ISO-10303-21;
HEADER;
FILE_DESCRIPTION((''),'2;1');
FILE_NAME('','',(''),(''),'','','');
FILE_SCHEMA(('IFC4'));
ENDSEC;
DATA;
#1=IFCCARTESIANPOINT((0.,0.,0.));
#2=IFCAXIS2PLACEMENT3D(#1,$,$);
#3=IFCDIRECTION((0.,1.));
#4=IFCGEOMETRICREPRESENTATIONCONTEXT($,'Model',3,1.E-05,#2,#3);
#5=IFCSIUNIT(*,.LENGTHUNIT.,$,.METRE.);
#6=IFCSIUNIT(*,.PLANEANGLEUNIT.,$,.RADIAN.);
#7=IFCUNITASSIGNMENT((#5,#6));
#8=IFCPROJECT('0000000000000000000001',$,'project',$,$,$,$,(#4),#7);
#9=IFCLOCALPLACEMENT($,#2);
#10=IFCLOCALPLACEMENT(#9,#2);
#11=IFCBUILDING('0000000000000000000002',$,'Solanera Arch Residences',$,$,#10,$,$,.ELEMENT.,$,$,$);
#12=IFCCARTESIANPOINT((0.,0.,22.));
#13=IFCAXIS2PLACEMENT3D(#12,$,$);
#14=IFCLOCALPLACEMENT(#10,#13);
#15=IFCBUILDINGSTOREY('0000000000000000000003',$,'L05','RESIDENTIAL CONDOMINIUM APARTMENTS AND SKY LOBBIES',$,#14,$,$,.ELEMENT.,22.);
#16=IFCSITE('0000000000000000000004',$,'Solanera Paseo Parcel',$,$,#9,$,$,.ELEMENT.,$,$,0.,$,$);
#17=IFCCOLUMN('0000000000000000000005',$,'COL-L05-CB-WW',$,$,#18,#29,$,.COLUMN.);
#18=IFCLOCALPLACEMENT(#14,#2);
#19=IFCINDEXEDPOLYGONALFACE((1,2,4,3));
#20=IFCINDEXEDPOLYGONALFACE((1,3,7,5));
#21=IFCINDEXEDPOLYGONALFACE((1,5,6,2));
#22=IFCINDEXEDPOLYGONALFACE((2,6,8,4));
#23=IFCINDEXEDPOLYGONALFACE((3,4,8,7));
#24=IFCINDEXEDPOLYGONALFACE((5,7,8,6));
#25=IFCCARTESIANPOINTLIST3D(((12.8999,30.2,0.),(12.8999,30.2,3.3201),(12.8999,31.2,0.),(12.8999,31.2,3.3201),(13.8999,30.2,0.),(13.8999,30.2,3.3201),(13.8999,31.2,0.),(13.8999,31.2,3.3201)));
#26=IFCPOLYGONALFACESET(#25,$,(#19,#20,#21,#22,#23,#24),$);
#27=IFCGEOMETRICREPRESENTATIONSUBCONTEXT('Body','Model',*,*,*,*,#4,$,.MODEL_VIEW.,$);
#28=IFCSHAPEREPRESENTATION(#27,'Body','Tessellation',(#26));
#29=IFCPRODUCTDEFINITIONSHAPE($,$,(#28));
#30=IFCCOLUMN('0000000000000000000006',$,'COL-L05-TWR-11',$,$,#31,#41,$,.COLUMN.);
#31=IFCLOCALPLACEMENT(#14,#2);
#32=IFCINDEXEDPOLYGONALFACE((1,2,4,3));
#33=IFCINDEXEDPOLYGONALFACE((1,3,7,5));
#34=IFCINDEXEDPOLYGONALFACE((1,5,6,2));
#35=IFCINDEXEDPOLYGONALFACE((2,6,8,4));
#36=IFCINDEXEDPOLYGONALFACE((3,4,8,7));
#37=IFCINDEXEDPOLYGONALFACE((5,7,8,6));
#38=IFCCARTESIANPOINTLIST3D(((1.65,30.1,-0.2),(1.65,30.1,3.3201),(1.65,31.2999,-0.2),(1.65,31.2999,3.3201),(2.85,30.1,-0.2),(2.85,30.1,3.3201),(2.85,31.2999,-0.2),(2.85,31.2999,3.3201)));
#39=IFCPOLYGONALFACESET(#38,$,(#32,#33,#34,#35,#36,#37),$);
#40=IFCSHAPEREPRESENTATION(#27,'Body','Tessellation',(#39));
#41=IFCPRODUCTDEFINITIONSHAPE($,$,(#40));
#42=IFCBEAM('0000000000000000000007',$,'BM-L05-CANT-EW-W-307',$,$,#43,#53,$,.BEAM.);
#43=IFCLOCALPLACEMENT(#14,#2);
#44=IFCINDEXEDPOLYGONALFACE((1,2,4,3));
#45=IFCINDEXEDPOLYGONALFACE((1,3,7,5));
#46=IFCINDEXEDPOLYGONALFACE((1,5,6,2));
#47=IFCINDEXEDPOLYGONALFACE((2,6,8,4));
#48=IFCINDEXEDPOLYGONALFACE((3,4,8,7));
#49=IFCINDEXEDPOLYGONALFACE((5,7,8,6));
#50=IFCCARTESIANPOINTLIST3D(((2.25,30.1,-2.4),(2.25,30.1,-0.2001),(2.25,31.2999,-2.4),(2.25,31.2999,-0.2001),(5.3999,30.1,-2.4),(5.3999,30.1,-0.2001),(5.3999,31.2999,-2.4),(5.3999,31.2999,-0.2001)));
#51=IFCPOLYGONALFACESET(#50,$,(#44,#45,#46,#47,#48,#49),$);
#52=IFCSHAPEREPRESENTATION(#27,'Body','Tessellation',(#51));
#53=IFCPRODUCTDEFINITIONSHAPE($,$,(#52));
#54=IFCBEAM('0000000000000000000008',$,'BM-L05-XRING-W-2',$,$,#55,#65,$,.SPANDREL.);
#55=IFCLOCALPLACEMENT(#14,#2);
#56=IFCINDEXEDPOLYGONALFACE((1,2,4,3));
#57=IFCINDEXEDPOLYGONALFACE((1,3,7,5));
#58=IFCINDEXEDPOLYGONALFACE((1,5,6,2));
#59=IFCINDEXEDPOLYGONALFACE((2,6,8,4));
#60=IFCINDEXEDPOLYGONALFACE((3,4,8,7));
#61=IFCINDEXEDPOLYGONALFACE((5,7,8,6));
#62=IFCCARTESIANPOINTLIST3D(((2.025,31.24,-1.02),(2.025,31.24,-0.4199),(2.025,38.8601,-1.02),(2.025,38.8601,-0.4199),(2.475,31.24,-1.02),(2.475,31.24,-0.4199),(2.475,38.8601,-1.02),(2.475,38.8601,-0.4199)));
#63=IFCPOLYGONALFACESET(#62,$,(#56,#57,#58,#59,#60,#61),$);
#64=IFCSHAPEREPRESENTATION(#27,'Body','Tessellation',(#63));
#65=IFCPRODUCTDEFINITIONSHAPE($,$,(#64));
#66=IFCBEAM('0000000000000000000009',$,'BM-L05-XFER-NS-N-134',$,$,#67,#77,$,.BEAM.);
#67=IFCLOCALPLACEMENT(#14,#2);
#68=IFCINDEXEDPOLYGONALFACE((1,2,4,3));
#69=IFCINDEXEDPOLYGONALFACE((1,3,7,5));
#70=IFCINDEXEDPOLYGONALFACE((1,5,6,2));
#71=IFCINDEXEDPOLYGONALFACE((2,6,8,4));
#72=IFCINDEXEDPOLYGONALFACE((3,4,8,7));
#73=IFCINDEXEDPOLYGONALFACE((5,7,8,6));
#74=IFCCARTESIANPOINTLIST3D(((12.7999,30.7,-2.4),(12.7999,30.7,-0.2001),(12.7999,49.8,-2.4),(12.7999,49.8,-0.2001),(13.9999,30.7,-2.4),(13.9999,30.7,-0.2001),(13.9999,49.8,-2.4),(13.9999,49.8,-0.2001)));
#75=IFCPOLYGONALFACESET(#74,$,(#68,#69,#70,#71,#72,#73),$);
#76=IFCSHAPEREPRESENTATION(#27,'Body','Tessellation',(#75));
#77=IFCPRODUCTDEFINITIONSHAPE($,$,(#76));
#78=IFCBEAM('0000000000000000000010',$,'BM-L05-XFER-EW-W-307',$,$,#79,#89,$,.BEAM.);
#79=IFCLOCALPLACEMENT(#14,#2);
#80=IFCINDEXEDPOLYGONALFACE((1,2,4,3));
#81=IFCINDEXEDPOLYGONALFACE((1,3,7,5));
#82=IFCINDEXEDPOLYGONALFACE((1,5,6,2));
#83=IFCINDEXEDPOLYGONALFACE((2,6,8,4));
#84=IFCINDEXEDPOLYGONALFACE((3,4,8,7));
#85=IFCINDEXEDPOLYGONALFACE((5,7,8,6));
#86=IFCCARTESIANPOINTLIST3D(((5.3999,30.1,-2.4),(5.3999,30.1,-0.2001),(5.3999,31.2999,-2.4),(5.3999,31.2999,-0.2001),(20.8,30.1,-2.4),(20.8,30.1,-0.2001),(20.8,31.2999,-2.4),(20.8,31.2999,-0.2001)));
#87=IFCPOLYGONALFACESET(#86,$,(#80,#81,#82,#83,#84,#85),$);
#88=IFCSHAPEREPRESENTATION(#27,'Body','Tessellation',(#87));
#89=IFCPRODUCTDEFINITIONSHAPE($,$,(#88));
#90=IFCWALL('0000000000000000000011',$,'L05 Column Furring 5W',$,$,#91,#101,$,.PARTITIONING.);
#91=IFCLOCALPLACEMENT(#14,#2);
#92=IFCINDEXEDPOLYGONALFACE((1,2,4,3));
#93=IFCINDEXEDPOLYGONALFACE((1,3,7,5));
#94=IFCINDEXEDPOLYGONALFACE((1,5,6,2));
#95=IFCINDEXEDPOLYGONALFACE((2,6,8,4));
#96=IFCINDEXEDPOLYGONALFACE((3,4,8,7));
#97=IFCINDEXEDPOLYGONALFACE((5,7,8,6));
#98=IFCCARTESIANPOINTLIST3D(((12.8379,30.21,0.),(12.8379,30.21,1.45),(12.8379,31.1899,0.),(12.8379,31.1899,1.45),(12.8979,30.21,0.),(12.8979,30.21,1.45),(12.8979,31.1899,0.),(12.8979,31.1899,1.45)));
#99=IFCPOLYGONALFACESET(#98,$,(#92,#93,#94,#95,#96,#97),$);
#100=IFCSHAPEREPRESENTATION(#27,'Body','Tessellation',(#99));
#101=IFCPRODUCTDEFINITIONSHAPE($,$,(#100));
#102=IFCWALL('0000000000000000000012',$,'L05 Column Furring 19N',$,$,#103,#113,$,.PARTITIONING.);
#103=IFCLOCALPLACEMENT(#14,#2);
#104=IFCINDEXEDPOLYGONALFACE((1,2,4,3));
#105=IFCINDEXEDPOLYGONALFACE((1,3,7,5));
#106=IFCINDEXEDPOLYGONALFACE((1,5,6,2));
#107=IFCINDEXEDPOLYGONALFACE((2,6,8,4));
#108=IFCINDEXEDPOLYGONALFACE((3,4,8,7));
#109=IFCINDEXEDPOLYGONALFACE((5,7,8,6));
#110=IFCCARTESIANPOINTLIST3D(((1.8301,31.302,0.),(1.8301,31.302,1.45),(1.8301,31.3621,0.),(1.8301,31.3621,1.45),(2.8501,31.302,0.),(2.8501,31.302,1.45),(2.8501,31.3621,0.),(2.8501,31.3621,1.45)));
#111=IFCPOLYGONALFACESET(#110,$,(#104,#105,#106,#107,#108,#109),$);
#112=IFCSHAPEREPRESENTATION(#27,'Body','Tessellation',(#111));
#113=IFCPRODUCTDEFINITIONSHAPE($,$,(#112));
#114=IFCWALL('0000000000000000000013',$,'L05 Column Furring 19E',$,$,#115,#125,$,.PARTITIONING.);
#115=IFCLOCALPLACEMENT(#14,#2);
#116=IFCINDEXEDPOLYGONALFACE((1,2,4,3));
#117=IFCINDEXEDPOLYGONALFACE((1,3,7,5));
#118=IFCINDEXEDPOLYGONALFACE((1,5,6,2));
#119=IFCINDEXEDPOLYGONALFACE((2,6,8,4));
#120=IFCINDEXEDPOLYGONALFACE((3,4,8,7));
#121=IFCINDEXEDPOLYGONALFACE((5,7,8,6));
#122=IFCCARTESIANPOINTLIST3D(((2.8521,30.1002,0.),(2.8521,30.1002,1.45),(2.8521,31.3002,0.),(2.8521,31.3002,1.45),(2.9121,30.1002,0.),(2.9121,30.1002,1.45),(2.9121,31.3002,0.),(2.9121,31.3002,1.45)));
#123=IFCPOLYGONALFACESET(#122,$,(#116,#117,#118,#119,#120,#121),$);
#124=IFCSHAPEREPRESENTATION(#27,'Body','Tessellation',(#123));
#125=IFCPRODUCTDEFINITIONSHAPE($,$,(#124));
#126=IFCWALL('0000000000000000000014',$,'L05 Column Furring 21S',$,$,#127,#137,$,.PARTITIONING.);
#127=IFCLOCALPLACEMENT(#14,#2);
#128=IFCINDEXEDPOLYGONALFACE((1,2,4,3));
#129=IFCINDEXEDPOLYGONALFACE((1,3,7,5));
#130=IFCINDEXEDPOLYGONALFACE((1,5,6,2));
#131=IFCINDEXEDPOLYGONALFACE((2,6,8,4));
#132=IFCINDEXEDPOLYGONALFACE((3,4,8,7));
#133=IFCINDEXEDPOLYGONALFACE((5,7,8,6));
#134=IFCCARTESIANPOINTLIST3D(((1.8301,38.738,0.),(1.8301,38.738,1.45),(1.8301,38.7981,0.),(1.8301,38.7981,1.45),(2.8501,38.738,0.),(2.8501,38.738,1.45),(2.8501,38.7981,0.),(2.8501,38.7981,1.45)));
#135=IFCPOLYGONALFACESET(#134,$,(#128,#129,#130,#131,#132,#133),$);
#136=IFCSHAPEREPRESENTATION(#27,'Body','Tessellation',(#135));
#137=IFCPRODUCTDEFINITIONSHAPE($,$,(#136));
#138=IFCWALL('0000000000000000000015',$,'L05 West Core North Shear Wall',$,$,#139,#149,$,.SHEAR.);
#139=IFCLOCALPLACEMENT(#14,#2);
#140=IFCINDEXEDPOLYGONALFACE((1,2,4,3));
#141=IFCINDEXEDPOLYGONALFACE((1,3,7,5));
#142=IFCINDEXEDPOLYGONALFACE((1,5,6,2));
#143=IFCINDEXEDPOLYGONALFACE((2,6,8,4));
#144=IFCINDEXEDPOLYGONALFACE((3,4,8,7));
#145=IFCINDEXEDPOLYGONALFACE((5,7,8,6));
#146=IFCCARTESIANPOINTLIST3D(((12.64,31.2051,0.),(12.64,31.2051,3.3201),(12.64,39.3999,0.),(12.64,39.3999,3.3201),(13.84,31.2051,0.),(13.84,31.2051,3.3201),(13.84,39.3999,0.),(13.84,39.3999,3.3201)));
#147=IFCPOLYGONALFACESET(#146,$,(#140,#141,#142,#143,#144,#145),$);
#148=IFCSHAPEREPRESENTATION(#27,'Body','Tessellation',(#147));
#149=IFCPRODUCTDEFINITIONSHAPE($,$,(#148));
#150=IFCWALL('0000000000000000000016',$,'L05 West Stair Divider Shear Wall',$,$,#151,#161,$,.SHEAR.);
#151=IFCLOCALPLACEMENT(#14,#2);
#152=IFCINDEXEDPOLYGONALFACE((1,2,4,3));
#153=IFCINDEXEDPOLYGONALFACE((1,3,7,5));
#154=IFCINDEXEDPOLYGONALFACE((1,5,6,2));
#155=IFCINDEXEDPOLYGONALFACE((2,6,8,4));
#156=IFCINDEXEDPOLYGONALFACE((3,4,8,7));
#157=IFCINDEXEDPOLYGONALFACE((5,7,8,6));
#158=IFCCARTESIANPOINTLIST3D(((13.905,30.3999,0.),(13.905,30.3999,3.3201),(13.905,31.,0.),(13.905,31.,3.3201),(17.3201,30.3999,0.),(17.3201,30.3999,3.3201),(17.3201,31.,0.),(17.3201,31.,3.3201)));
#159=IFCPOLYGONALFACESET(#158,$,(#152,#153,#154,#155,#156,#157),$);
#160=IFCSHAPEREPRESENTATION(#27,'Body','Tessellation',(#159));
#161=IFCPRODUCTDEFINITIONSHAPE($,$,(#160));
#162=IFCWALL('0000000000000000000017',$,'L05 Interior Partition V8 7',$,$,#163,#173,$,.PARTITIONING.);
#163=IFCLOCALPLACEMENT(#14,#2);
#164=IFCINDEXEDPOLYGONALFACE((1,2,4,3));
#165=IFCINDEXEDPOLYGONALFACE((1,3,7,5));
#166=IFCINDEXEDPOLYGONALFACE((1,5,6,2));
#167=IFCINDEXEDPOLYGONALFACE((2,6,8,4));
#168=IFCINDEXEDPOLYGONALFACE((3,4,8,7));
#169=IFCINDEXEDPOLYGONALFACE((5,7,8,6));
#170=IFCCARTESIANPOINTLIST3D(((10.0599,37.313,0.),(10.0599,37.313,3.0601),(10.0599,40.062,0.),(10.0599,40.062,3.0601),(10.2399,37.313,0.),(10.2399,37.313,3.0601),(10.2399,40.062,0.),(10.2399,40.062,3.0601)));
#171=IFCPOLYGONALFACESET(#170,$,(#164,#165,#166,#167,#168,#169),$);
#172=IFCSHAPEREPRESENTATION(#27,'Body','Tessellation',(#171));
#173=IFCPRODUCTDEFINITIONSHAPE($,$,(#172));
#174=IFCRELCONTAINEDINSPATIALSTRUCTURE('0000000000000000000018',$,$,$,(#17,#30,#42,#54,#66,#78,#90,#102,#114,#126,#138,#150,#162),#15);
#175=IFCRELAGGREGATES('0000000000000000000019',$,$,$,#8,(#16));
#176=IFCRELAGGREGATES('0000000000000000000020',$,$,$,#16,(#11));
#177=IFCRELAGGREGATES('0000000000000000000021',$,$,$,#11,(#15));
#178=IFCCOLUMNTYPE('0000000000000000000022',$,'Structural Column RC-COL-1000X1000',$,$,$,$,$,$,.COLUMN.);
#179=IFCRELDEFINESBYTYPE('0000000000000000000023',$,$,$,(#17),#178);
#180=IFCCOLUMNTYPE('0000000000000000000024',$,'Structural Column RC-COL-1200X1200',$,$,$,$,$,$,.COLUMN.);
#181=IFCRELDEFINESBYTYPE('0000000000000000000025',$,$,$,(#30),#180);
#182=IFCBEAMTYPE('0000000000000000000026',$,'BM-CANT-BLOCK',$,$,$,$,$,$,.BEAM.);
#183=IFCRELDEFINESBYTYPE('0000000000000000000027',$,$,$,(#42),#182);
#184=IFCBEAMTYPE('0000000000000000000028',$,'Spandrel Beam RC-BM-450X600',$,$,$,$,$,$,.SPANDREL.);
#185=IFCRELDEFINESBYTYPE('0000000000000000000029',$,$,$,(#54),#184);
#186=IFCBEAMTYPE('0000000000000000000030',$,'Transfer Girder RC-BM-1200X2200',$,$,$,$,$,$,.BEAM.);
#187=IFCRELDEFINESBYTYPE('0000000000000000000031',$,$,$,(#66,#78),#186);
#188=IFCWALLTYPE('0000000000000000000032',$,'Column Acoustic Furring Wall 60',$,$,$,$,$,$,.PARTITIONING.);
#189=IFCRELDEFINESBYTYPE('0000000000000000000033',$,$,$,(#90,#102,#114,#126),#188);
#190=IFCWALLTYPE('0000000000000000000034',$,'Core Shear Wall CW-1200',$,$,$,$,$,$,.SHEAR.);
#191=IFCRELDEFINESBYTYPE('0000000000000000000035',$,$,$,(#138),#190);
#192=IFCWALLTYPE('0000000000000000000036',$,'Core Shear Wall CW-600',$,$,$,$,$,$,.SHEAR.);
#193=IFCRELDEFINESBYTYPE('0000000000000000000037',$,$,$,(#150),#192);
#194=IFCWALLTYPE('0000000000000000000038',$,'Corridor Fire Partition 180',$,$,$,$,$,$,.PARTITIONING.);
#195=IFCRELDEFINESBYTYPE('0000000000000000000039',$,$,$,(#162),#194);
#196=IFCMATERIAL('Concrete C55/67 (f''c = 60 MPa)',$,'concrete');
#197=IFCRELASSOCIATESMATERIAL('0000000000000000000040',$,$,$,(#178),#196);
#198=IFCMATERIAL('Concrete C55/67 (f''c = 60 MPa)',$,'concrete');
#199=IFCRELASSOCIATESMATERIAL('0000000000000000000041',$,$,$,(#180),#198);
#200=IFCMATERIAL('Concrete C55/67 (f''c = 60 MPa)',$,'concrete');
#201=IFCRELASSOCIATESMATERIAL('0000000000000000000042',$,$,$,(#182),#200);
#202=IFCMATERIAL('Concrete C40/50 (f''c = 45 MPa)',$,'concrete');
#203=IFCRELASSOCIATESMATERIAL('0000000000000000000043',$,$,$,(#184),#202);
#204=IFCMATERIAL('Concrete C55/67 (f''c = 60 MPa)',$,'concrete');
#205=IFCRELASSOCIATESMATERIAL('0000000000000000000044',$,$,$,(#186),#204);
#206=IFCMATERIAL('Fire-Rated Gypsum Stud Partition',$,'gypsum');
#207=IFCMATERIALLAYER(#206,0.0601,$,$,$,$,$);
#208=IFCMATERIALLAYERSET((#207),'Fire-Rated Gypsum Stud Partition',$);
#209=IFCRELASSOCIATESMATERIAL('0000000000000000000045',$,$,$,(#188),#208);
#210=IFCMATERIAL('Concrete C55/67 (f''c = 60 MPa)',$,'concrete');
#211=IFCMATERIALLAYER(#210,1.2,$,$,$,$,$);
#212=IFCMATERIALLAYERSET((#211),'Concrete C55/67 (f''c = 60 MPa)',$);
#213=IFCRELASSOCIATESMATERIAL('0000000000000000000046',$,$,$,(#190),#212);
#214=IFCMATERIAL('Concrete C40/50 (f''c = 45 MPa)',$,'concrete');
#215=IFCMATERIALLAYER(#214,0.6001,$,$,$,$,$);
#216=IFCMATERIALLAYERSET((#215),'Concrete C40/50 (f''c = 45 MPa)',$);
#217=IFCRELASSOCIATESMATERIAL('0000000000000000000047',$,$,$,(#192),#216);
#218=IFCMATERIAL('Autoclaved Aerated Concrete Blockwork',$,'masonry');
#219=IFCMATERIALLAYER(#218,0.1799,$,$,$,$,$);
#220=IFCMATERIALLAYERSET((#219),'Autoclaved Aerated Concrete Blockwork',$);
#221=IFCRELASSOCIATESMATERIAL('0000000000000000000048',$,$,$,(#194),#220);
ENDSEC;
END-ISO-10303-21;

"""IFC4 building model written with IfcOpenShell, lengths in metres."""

from ifc_helpers import new_model, si_unit, direction, frame, frame_2d, origin, origin_2d, place, context, subcontext, project, spatial, rectangle, extrude, material, layer, layer_set, material_profile, profile_set, type_object, element, save


model = new_model("IFC4")

# Units and contexts
model_context = context("Model", 3, precision=1e-05, world=origin(), true_north=direction((0.0, 1.0)))
body_context = subcontext(model_context, "Body", "Model", "MODEL_VIEW")
ifc_project = project(units=[si_unit("LENGTHUNIT", "METRE"), si_unit("PLANEANGLEUNIT", "RADIAN")], contexts=[model_context])

# Site, building, storey
site_placement = place(None, origin())
site = spatial("IfcSite", under=ifc_project, at=site_placement, Name="Solanera Paseo Parcel", CompositionType="ELEMENT", RefElevation=0.0)
building_placement = place(site_placement, origin())
building = spatial("IfcBuilding", under=site, at=building_placement, Name="Solanera Arch Residences", CompositionType="ELEMENT")
storey_placement = place(building_placement, frame((0.0, 0.0, 22.0)))
storey = spatial("IfcBuildingStorey", under=building, at=storey_placement, Name="L05", Description="RESIDENTIAL CONDOMINIUM APARTMENTS AND SKY LOBBIES", CompositionType="ELEMENT", Elevation=22.0)

# Columns
ifc_material_1 = material(Name="Concrete C55/67 (f'c = 60 MPa)", Category="concrete")
ifc_material_profile_1 = material_profile(ifc_material_1, rectangle(XDim=1.0, YDim=1.0, at=origin_2d()))
ifc_profile_set_1 = profile_set([ifc_material_profile_1], Name="Concrete C55/67 (f'c = 60 MPa)")
column_type_1 = type_object("IfcColumnType", Name="Structural Column RC-COL-1000X1000", PredefinedType="COLUMN", material=ifc_profile_set_1)
column_1_placement = place(storey_placement, frame((13.3999, 30.7, 0.0), z_axis=(0.0, 0.0, 1.0), x_axis=(1.0, 0.0, 0.0)))
element("IfcColumn", 1, at=column_1_placement, inside=storey, type_object=column_type_1, Name="COL-L05-CB-WW", PredefinedType="COLUMN", context=body_context, shape_type="SweptSolid", body=[
    extrude(rectangle(XDim=1.0, YDim=1.0, at=origin_2d()), origin(), (0.0, 0.0, 1.0), 3.3201),
])
ifc_material_2 = material(Name="Concrete C55/67 (f'c = 60 MPa)", Category="concrete")
ifc_material_profile_2 = material_profile(ifc_material_2, rectangle(XDim=1.2, YDim=1.2, at=origin_2d()))
ifc_profile_set_2 = profile_set([ifc_material_profile_2], Name="Concrete C55/67 (f'c = 60 MPa)")
column_type_2 = type_object("IfcColumnType", Name="Structural Column RC-COL-1200X1200", PredefinedType="COLUMN", material=ifc_profile_set_2)
column_2_placement = place(storey_placement, frame((2.25, 30.7, -0.2), z_axis=(0.0, 0.0, 1.0), x_axis=(1.0, 0.0, 0.0)))
element("IfcColumn", 2, at=column_2_placement, inside=storey, type_object=column_type_2, Name="COL-L05-TWR-11", PredefinedType="COLUMN", context=body_context, shape_type="SweptSolid", body=[
    extrude(rectangle(XDim=1.2, YDim=1.2, at=origin_2d()), origin(), (0.0, 0.0, 1.0), 3.52),
])

# Beams
ifc_material_3 = material(Name="Concrete C55/67 (f'c = 60 MPa)", Category="concrete")
ifc_material_profile_3 = material_profile(ifc_material_3, rectangle(XDim=1.2, YDim=2.2, at=origin_2d()))
ifc_profile_set_3 = profile_set([ifc_material_profile_3], Name="Concrete C55/67 (f'c = 60 MPa)")
beam_type_1 = type_object("IfcBeamType", Name="BM-CANT-BLOCK", PredefinedType="BEAM", material=ifc_profile_set_3)
beam_1_placement = place(storey_placement, frame((2.25, 30.7, -1.3), z_axis=(1.0, 0.0, 0.0), x_axis=(0.0, 1.0, 0.0)))
element("IfcBeam", 3, at=beam_1_placement, inside=storey, type_object=beam_type_1, Name="BM-L05-CANT-EW-W-307", PredefinedType="BEAM", context=body_context, shape_type="SweptSolid", body=[
    extrude(rectangle(XDim=1.2, YDim=2.2, at=origin_2d()), origin(), (0.0, 0.0, 1.0), 3.1499),
])
ifc_material_4 = material(Name="Concrete C40/50 (f'c = 45 MPa)", Category="concrete")
ifc_material_profile_4 = material_profile(ifc_material_4, rectangle(XDim=0.45, YDim=0.6001, at=origin_2d()))
ifc_profile_set_4 = profile_set([ifc_material_profile_4], Name="Concrete C40/50 (f'c = 45 MPa)")
beam_type_2 = type_object("IfcBeamType", Name="Spandrel Beam RC-BM-450X600", PredefinedType="SPANDREL", material=ifc_profile_set_4)
beam_2_placement = place(storey_placement, frame((2.25, 31.24, -0.72), z_axis=(0.0, 1.0, 0.0), x_axis=(-1.0, 0.0, 0.0)))
element("IfcBeam", 4, at=beam_2_placement, inside=storey, type_object=beam_type_2, Name="BM-L05-XRING-W-2", PredefinedType="SPANDREL", context=body_context, shape_type="SweptSolid", body=[
    extrude(rectangle(XDim=0.45, YDim=0.6001, at=origin_2d()), origin(), (0.0, 0.0, 1.0), 7.6201),
])
ifc_material_5 = material(Name="Concrete C55/67 (f'c = 60 MPa)", Category="concrete")
ifc_material_profile_5 = material_profile(ifc_material_5, rectangle(XDim=1.2, YDim=2.2, at=origin_2d()))
ifc_profile_set_5 = profile_set([ifc_material_profile_5], Name="Concrete C55/67 (f'c = 60 MPa)")
beam_type_3 = type_object("IfcBeamType", Name="Transfer Girder RC-BM-1200X2200", PredefinedType="BEAM", material=ifc_profile_set_5)
beam_3_placement = place(storey_placement, frame((13.3999, 30.7, -1.3), z_axis=(0.0, 1.0, 0.0), x_axis=(-1.0, 0.0, 0.0)))
element("IfcBeam", 5, at=beam_3_placement, inside=storey, type_object=beam_type_3, Name="BM-L05-XFER-NS-N-134", PredefinedType="BEAM", context=body_context, shape_type="SweptSolid", body=[
    extrude(rectangle(XDim=1.2, YDim=2.2, at=origin_2d()), origin(), (0.0, 0.0, 1.0), 19.1001),
])
beam_4_placement = place(storey_placement, frame((5.3999, 30.7, -1.3), z_axis=(1.0, 0.0, 0.0), x_axis=(0.0, 1.0, 0.0)))
element("IfcBeam", 6, at=beam_4_placement, inside=storey, type_object=beam_type_3, Name="BM-L05-XFER-EW-W-307", PredefinedType="BEAM", context=body_context, shape_type="SweptSolid", body=[
    extrude(rectangle(XDim=1.2, YDim=2.2, at=origin_2d()), origin(), (0.0, 0.0, 1.0), 15.4001),
])

# Walls
ifc_material_6 = material(Name="Fire-Rated Gypsum Stud Partition", Category="gypsum")
ifc_layer_1 = layer(ifc_material_6, 0.0601)
ifc_layer_set_1 = layer_set([ifc_layer_1], Name="Fire-Rated Gypsum Stud Partition")
wall_type_1 = type_object("IfcWallType", Name="Column Acoustic Furring Wall 60", PredefinedType="PARTITIONING", material=ifc_layer_set_1)
wall_1_placement = place(storey_placement, frame((12.8679, 30.21, 0.0), z_axis=(0.0, 0.0, 1.0), x_axis=(0.0, 1.0, 0.0)))
element("IfcWall", 7, at=wall_1_placement, inside=storey, type_object=wall_type_1, Name="L05 Column Furring 5W", PredefinedType="PARTITIONING", context=body_context, shape_type="SweptSolid", body=[
    extrude(rectangle(XDim=0.98, YDim=0.0601, at=frame_2d((0.49, 0.0))), origin(), (0.0, 0.0, 1.0), 1.45),
])
wall_2_placement = place(storey_placement, frame((1.8301, 31.332, 0.0), z_axis=(0.0, 0.0, 1.0), x_axis=(1.0, 0.0, 0.0)))
element("IfcWall", 8, at=wall_2_placement, inside=storey, type_object=wall_type_1, Name="L05 Column Furring 19N", PredefinedType="PARTITIONING", context=body_context, shape_type="SweptSolid", body=[
    extrude(rectangle(XDim=1.02, YDim=0.0601, at=frame_2d((0.51, 0.0))), origin(), (0.0, 0.0, 1.0), 1.45),
])
wall_3_placement = place(storey_placement, frame((2.8821, 30.1001, 0.0), z_axis=(0.0, 0.0, 1.0), x_axis=(0.0, 1.0, 0.0)))
element("IfcWall", 9, at=wall_3_placement, inside=storey, type_object=wall_type_1, Name="L05 Column Furring 19E", PredefinedType="PARTITIONING", context=body_context, shape_type="SweptSolid", body=[
    extrude(rectangle(XDim=1.2, YDim=0.0601, at=frame_2d((0.6001, 0.0))), origin(), (0.0, 0.0, 1.0), 1.45),
])
wall_4_placement = place(storey_placement, frame((1.8301, 38.7681, 0.0), z_axis=(0.0, 0.0, 1.0), x_axis=(1.0, 0.0, 0.0)))
element("IfcWall", 10, at=wall_4_placement, inside=storey, type_object=wall_type_1, Name="L05 Column Furring 21S", PredefinedType="PARTITIONING", context=body_context, shape_type="SweptSolid", body=[
    extrude(rectangle(XDim=1.02, YDim=0.0601, at=frame_2d((0.51, 0.0))), origin(), (0.0, 0.0, 1.0), 1.45),
])
ifc_material_7 = material(Name="Concrete C55/67 (f'c = 60 MPa)", Category="concrete")
ifc_layer_2 = layer(ifc_material_7, 1.2)
ifc_layer_set_2 = layer_set([ifc_layer_2], Name="Concrete C55/67 (f'c = 60 MPa)")
wall_type_2 = type_object("IfcWallType", Name="Core Shear Wall CW-1200", PredefinedType="SHEAR", material=ifc_layer_set_2)
wall_5_placement = place(storey_placement, frame((13.24, 31.2051, 0.0), z_axis=(0.0, 0.0, 1.0), x_axis=(0.0, 1.0, 0.0)))
element("IfcWall", 11, at=wall_5_placement, inside=storey, type_object=wall_type_2, Name="L05 West Core North Shear Wall", PredefinedType="SHEAR", context=body_context, shape_type="SweptSolid", body=[
    extrude(rectangle(XDim=8.1948, YDim=1.2, at=frame_2d((4.0974, 0.0))), origin(), (0.0, 0.0, 1.0), 3.3201),
])
ifc_material_8 = material(Name="Concrete C40/50 (f'c = 45 MPa)", Category="concrete")
ifc_layer_3 = layer(ifc_material_8, 0.6001)
ifc_layer_set_3 = layer_set([ifc_layer_3], Name="Concrete C40/50 (f'c = 45 MPa)")
wall_type_3 = type_object("IfcWallType", Name="Core Shear Wall CW-600", PredefinedType="SHEAR", material=ifc_layer_set_3)
wall_6_placement = place(storey_placement, frame((13.905, 30.7, 0.0), z_axis=(0.0, 0.0, 1.0), x_axis=(1.0, 0.0, 0.0)))
element("IfcWall", 12, at=wall_6_placement, inside=storey, type_object=wall_type_3, Name="L05 West Stair Divider Shear Wall", PredefinedType="SHEAR", context=body_context, shape_type="SweptSolid", body=[
    extrude(rectangle(XDim=3.415, YDim=0.6001, at=frame_2d((1.7075, 0.0))), origin(), (0.0, 0.0, 1.0), 3.3201),
])

# Shared definitions
ifc_material_9 = material(Name="Autoclaved Aerated Concrete Blockwork", Category="masonry")
ifc_layer_4 = layer(ifc_material_9, 0.1799)
ifc_layer_set_4 = layer_set([ifc_layer_4], Name="Autoclaved Aerated Concrete Blockwork")
wall_type_4 = type_object("IfcWallType", Name="Corridor Fire Partition 180", PredefinedType="PARTITIONING", material=ifc_layer_set_4)

# Wall
wall_7_placement = place(storey_placement, frame((10.1499, 37.313, 0.0), z_axis=(0.0, 0.0, 1.0), x_axis=(0.0, 1.0, 0.0)))
element("IfcWall", 13, at=wall_7_placement, inside=storey, type_object=wall_type_4, Name="L05 Interior Partition V8 7", PredefinedType="PARTITIONING", context=body_context, shape_type="SweptSolid", body=[
    extrude(rectangle(XDim=2.749, YDim=0.1799, at=frame_2d((1.3745, 0.0))), origin(), (0.0, 0.0, 1.0), 3.0601),
])

save(model, "model.ifc")
